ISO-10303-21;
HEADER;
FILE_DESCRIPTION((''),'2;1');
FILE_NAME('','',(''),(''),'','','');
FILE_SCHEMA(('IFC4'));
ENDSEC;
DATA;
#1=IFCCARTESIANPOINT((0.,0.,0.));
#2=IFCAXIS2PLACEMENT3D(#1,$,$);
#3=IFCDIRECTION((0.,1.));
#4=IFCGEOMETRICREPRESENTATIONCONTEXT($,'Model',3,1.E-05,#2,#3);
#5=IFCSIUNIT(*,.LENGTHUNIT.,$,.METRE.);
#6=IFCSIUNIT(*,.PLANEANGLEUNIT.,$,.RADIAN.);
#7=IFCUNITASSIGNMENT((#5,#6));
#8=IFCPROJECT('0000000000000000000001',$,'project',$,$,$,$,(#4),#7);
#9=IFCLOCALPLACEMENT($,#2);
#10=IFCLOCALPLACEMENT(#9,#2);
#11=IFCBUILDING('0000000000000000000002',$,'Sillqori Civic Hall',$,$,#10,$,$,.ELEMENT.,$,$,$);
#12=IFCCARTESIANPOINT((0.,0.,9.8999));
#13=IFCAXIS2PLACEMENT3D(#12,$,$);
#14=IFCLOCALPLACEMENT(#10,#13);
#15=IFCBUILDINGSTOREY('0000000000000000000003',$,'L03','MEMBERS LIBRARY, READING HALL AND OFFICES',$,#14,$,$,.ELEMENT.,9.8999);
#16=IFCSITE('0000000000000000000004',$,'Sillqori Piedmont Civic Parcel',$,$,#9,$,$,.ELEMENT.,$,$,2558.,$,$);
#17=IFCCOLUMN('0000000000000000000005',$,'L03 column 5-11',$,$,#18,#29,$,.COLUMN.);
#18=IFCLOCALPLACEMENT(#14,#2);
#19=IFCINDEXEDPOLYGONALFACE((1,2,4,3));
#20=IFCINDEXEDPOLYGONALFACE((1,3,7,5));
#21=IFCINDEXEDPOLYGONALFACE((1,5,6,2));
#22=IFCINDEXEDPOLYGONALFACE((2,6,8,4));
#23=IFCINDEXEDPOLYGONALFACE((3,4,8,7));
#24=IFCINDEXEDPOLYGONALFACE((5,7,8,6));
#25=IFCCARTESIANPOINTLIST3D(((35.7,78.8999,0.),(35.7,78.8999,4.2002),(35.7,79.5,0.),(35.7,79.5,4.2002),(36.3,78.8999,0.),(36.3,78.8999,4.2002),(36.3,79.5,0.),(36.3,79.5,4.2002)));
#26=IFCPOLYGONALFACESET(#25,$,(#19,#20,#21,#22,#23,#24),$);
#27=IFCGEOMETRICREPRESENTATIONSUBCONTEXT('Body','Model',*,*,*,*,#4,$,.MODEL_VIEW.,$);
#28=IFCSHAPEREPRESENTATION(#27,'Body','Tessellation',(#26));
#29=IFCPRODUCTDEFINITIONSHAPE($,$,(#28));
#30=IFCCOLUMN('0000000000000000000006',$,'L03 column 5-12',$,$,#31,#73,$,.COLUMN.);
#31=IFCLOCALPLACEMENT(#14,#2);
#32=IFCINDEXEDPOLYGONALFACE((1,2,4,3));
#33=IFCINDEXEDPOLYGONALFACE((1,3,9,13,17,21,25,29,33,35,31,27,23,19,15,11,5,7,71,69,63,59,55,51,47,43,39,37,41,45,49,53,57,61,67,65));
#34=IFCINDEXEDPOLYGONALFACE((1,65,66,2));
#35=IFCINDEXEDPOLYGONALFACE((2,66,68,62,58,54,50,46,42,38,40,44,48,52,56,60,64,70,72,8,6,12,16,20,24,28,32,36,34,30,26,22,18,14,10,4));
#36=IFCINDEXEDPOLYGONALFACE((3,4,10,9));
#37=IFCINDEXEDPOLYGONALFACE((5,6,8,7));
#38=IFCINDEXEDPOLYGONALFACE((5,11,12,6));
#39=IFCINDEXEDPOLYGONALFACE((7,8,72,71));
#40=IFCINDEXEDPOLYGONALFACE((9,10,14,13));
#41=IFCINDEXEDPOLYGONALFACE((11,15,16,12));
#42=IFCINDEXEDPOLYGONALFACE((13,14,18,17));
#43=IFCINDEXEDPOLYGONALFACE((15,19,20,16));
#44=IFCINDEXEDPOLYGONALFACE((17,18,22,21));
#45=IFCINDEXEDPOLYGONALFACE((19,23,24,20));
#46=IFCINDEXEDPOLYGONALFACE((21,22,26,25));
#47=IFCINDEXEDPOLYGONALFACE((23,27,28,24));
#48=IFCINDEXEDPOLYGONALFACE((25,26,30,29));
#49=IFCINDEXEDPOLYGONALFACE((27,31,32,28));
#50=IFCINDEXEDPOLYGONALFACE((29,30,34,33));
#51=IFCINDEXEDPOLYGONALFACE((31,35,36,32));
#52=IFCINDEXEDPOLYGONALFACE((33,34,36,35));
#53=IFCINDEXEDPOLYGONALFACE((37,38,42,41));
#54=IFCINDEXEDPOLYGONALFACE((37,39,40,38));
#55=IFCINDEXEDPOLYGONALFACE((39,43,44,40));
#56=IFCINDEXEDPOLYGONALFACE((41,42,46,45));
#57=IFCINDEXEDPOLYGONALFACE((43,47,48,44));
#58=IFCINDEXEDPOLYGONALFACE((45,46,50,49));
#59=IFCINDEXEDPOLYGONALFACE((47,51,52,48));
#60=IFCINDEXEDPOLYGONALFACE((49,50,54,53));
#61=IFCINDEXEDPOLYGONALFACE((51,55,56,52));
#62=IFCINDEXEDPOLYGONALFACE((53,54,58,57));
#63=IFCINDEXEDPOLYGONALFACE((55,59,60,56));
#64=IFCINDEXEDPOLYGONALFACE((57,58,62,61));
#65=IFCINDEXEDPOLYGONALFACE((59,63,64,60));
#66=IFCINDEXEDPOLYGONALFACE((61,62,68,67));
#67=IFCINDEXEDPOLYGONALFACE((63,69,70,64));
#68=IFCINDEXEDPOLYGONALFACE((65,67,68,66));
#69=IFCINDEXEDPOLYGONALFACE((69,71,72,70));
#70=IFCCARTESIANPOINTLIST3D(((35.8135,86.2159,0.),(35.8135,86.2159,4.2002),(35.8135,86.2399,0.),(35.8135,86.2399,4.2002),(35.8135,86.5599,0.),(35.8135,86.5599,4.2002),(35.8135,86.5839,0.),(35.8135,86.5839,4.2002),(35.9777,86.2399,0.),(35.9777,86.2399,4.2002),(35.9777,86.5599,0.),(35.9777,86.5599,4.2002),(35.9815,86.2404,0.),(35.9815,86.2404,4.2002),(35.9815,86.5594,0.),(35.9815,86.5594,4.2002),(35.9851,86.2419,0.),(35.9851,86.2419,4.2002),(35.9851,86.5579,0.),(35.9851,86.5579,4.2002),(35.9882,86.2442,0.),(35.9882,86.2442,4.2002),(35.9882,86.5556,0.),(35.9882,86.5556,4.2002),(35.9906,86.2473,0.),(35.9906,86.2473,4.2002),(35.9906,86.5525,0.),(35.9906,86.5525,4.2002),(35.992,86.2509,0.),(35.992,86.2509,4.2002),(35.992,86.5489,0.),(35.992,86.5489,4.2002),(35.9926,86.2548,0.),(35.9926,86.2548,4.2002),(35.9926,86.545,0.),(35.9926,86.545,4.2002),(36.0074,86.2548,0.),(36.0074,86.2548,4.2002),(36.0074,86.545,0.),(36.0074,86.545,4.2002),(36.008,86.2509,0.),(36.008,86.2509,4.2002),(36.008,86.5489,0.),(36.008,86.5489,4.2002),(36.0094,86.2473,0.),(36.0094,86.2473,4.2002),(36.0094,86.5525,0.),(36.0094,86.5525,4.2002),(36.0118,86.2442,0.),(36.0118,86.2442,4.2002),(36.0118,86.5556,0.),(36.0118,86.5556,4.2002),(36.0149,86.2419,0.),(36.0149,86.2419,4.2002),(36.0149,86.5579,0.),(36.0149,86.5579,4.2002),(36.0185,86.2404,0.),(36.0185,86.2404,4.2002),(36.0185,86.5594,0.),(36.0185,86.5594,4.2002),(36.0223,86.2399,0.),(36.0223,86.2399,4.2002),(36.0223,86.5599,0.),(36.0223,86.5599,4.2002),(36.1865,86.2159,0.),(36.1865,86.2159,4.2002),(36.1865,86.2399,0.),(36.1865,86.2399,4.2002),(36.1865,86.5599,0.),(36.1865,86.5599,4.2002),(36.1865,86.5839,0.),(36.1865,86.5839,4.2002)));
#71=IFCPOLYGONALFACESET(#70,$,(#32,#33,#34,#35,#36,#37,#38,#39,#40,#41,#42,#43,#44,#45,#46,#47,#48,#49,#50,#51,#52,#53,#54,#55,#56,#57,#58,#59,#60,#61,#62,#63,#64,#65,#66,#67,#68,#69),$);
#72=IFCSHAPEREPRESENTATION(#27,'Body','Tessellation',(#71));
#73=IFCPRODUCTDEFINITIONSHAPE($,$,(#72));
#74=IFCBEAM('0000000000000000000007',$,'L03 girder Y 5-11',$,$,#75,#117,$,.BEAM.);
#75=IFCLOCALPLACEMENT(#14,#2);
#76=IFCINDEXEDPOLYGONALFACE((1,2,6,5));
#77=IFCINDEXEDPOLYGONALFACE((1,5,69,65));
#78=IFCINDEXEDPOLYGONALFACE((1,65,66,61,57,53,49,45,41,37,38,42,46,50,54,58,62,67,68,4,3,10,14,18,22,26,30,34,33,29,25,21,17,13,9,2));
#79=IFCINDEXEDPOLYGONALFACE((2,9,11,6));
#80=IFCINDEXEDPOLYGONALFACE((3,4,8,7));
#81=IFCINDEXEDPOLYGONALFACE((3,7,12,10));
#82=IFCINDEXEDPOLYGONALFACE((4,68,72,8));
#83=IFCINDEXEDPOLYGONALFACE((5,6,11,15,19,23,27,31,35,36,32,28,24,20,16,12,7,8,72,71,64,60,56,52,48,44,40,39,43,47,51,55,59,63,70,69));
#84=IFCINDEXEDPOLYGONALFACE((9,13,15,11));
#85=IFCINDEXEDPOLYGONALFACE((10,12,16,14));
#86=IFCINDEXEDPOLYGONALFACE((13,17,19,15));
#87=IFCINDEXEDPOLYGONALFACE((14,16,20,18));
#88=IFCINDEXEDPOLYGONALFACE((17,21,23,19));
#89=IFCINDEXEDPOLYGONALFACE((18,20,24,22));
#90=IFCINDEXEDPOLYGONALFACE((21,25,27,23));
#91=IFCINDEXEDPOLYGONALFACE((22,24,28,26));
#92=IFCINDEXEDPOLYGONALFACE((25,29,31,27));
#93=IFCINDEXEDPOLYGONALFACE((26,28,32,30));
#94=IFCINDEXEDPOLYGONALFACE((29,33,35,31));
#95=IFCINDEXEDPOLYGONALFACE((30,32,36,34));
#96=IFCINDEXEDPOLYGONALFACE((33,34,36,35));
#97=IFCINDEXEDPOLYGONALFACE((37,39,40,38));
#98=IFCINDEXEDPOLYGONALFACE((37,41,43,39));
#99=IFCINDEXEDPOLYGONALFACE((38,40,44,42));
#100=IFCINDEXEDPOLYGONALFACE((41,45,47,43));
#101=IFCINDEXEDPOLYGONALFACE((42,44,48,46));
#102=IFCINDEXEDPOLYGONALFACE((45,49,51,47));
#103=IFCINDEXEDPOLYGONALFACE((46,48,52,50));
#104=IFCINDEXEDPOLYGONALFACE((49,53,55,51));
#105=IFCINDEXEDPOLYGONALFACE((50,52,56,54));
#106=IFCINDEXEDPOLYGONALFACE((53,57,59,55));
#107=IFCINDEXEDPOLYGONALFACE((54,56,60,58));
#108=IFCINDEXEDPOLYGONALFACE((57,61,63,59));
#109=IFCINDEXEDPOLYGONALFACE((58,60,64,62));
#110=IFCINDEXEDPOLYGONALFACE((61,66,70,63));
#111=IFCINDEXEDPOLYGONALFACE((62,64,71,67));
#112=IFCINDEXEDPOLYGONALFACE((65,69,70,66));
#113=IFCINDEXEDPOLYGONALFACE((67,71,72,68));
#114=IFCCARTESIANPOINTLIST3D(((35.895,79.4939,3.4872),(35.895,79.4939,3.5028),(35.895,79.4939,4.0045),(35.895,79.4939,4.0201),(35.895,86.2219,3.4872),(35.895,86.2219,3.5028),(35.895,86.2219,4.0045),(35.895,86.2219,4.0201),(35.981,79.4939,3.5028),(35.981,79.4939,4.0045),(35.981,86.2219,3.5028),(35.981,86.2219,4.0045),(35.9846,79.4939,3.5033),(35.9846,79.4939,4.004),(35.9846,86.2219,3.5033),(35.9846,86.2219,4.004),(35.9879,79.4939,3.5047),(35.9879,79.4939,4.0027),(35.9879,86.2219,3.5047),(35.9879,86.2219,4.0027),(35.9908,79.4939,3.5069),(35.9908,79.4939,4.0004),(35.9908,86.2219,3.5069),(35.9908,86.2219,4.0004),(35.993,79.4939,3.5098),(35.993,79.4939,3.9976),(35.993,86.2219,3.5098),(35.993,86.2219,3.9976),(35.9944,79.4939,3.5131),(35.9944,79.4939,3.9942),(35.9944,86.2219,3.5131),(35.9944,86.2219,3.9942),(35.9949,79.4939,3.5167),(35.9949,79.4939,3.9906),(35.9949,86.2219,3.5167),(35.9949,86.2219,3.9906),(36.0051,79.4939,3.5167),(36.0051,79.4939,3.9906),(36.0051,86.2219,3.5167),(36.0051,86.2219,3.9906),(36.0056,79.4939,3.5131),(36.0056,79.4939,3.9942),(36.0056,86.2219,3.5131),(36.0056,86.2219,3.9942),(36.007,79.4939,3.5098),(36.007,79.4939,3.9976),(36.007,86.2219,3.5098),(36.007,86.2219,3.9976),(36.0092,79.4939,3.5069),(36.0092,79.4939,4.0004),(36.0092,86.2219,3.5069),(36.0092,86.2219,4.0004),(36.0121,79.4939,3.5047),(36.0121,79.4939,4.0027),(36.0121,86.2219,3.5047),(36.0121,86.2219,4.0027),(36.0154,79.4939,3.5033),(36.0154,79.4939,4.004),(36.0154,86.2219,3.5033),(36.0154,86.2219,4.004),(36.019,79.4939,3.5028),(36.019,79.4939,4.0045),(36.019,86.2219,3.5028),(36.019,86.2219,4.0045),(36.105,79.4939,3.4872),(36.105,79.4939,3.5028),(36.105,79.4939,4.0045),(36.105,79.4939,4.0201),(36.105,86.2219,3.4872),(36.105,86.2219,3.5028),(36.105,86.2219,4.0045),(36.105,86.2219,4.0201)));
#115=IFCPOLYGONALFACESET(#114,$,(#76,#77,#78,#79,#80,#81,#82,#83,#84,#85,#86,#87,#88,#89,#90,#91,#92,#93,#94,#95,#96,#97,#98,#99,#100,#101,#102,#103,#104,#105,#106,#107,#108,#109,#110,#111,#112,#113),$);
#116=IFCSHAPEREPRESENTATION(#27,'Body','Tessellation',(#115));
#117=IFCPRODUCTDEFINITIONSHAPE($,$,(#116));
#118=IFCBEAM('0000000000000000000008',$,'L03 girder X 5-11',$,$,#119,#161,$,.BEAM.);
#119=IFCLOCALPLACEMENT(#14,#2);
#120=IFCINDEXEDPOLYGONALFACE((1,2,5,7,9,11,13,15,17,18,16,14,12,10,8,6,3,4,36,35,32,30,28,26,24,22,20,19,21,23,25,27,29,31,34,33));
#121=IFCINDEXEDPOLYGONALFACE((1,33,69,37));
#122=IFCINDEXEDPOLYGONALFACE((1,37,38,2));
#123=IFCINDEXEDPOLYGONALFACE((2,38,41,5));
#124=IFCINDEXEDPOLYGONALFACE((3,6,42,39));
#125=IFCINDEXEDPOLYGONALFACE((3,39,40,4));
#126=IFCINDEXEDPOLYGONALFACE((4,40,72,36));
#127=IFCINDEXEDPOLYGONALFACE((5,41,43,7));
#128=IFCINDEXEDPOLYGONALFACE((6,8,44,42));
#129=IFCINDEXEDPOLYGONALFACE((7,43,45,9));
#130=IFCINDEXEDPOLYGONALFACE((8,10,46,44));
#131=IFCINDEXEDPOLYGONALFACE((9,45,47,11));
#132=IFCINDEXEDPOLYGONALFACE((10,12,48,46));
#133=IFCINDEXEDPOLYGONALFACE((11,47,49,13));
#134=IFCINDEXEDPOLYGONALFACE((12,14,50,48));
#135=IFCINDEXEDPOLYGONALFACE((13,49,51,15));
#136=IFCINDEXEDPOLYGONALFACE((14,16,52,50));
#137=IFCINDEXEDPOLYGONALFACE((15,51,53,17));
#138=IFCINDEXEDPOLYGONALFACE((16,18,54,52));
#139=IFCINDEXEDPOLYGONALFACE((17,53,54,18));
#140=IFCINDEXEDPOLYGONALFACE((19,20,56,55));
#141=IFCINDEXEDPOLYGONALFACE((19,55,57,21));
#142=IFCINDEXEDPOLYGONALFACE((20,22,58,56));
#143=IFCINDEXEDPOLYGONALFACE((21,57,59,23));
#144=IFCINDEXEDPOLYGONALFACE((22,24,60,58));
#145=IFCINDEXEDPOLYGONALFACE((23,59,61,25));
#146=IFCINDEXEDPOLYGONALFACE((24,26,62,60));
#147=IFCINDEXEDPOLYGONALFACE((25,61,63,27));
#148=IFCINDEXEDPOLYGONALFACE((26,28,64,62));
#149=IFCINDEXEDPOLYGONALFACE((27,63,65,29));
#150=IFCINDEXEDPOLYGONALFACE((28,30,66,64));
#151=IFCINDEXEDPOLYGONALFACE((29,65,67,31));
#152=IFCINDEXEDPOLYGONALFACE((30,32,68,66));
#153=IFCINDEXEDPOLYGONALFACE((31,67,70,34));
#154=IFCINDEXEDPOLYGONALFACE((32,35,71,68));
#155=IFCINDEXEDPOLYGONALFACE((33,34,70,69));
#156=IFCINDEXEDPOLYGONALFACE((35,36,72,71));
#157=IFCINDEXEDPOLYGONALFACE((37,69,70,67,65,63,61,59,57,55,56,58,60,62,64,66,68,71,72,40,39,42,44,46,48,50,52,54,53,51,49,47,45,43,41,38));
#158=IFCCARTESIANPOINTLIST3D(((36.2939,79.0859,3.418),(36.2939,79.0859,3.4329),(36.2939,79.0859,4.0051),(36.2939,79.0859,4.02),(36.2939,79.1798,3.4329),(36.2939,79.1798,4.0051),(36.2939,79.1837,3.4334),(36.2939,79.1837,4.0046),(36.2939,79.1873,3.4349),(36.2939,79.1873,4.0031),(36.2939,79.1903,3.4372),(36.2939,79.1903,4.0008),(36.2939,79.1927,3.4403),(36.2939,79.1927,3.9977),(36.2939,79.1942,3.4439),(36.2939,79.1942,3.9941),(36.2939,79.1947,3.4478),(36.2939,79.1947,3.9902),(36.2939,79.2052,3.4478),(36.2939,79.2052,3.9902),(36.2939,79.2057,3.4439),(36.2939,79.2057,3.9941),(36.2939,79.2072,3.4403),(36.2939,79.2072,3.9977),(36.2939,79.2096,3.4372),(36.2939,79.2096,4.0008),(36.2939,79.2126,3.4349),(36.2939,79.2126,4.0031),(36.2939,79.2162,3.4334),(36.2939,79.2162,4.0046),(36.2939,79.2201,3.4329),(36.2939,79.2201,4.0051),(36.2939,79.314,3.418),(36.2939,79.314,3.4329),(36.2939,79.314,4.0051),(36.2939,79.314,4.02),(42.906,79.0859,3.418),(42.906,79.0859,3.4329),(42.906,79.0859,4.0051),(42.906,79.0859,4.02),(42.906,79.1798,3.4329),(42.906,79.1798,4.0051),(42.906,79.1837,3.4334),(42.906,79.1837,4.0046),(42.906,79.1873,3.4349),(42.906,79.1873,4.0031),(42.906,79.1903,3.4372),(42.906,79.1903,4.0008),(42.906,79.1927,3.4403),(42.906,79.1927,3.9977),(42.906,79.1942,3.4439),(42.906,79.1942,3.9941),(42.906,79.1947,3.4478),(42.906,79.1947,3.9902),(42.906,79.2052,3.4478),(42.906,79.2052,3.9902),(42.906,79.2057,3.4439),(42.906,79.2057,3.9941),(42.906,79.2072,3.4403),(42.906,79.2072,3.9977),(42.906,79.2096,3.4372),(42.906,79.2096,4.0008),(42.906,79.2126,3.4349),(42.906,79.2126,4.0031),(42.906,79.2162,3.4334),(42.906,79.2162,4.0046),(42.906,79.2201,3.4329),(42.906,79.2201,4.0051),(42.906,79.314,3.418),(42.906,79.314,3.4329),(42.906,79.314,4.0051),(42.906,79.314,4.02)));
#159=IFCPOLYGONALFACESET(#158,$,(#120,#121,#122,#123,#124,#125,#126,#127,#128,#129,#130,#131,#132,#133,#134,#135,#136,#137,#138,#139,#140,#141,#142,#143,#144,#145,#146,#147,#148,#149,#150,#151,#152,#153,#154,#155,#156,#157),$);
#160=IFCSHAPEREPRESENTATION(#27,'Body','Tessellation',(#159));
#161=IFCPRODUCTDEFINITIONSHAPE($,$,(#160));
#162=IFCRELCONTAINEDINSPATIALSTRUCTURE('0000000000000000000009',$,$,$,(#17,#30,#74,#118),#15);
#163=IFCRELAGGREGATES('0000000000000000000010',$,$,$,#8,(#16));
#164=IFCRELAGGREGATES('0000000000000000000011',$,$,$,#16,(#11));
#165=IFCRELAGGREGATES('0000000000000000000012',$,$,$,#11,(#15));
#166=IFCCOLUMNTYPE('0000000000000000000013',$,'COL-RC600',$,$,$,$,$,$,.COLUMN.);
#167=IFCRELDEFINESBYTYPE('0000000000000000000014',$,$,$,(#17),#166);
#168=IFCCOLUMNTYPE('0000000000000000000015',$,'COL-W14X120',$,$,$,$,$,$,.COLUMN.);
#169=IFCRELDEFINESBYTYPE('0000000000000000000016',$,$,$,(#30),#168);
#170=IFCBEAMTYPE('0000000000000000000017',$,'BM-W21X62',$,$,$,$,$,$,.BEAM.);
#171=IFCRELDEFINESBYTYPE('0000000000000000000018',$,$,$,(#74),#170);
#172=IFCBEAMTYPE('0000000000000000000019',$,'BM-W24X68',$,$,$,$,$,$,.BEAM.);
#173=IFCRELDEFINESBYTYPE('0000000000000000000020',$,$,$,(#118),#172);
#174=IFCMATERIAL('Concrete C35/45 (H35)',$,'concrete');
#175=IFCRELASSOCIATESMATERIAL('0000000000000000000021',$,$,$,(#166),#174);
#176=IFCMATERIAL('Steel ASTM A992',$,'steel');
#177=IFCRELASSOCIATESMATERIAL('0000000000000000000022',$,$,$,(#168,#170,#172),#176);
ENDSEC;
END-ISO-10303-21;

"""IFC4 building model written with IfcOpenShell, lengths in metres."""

from ifc_helpers import new_model, si_unit, direction, frame, origin, origin_2d, place, context, subcontext, project, spatial, rectangle, i_section, extrude, material, material_profile, profile_set, type_object, element, save


model = new_model("IFC4")

# Units and contexts
model_context = context("Model", 3, precision=1e-05, world=origin(), true_north=direction((0.0, 1.0)))
body_context = subcontext(model_context, "Body", "Model", "MODEL_VIEW")
ifc_project = project(units=[si_unit("LENGTHUNIT", "METRE"), si_unit("PLANEANGLEUNIT", "RADIAN")], contexts=[model_context])

# Site, building, storey
site_placement = place(None, origin())
site = spatial("IfcSite", under=ifc_project, at=site_placement, Name="Sillqori Piedmont Civic Parcel", CompositionType="ELEMENT", RefElevation=2558.0)
building_placement = place(site_placement, origin())
building = spatial("IfcBuilding", under=site, at=building_placement, Name="Sillqori Civic Hall", CompositionType="ELEMENT")
storey_placement = place(building_placement, frame((0.0, 0.0, 9.8999)))
storey = spatial("IfcBuildingStorey", under=building, at=storey_placement, Name="L03", Description="MEMBERS LIBRARY, READING HALL AND OFFICES", CompositionType="ELEMENT", Elevation=9.8999)

# Columns
ifc_material_1 = material(Name="Concrete C35/45 (H35)", Category="concrete")
ifc_material_profile_1 = material_profile(ifc_material_1, rectangle(XDim=0.6001, YDim=0.6001, at=origin_2d()), Name="RC 600x600")
ifc_profile_set_1 = profile_set([ifc_material_profile_1], Name="Concrete C35/45 (H35)")
column_type_1 = type_object("IfcColumnType", Name="COL-RC600", PredefinedType="COLUMN", material=ifc_profile_set_1)
column_1_placement = place(storey_placement, frame((36.0, 79.2, 0.0), z_axis=(0.0, 0.0, 1.0), x_axis=(1.0, 0.0, 0.0)))
element("IfcColumn", 1, at=column_1_placement, inside=storey, type_object=column_type_1, Name="L03 column 5-11", PredefinedType="COLUMN", context=body_context, shape_type="SweptSolid", body=[
    extrude(rectangle(XDim=0.6001, YDim=0.6001, at=origin_2d()), origin(), (0.0, 0.0, 1.0), 4.2002),
])
ifc_material_2 = material(Name="Steel ASTM A992", Category="steel")
ifc_material_profile_2 = material_profile(ifc_material_2, i_section(OverallWidth=0.373, OverallDepth=0.3679, WebThickness=0.0149, FlangeThickness=0.0239, FilletRadius=0.0149, at=origin_2d()), Name="W14X120")
ifc_profile_set_2 = profile_set([ifc_material_profile_2], Name="Steel ASTM A992")
column_type_2 = type_object("IfcColumnType", Name="COL-W14X120", PredefinedType="COLUMN", material=ifc_profile_set_2)
column_2_placement = place(storey_placement, frame((36.0, 86.3999, 0.0), z_axis=(0.0, 0.0, 1.0), x_axis=(1.0, 0.0, 0.0)))
element("IfcColumn", 2, at=column_2_placement, inside=storey, type_object=column_type_2, Name="L03 column 5-12", PredefinedType="COLUMN", context=body_context, shape_type="SweptSolid", body=[
    extrude(i_section(OverallWidth=0.373, OverallDepth=0.3679, WebThickness=0.0149, FlangeThickness=0.0239, FilletRadius=0.0149, at=origin_2d()), origin(), (0.0, 0.0, 1.0), 4.2002),
])

# Beams
ifc_material_profile_3 = material_profile(ifc_material_2, i_section(OverallWidth=0.21, OverallDepth=0.533, WebThickness=0.0103, FlangeThickness=0.0156, FilletRadius=0.0139, at=origin_2d()), Name="W21X62")
ifc_profile_set_3 = profile_set([ifc_material_profile_3], Name="Steel ASTM A992")
beam_type_1 = type_object("IfcBeamType", Name="BM-W21X62", PredefinedType="BEAM", material=ifc_profile_set_3)
beam_1_placement = place(storey_placement, frame((36.0, 79.4939, 3.7537), z_axis=(0.0, 1.0, 0.0), x_axis=(-1.0, 0.0, 0.0)))
element("IfcBeam", 3, at=beam_1_placement, inside=storey, type_object=beam_type_1, Name="L03 girder Y 5-11", PredefinedType="BEAM", context=body_context, shape_type="SweptSolid", body=[
    extrude(i_section(OverallWidth=0.21, OverallDepth=0.533, WebThickness=0.0103, FlangeThickness=0.0156, FilletRadius=0.0139, at=origin_2d()), origin(), (0.0, 0.0, 1.0), 6.728),
])
ifc_material_profile_4 = material_profile(ifc_material_2, i_section(OverallWidth=0.228, OverallDepth=0.6021, WebThickness=0.0105, FlangeThickness=0.0149, FilletRadius=0.0149, at=origin_2d()), Name="W24X68")
ifc_profile_set_4 = profile_set([ifc_material_profile_4], Name="Steel ASTM A992")
beam_type_2 = type_object("IfcBeamType", Name="BM-W24X68", PredefinedType="BEAM", material=ifc_profile_set_4)
beam_2_placement = place(storey_placement, frame((36.2939, 79.2, 3.719), z_axis=(1.0, 0.0, 0.0), x_axis=(0.0, 1.0, 0.0)))
element("IfcBeam", 4, at=beam_2_placement, inside=storey, type_object=beam_type_2, Name="L03 girder X 5-11", PredefinedType="BEAM", context=body_context, shape_type="SweptSolid", body=[
    extrude(i_section(OverallWidth=0.228, OverallDepth=0.6021, WebThickness=0.0105, FlangeThickness=0.0149, FilletRadius=0.0149, at=origin_2d()), origin(), (0.0, 0.0, 1.0), 6.6121),
])

save(model, "model.ifc")
